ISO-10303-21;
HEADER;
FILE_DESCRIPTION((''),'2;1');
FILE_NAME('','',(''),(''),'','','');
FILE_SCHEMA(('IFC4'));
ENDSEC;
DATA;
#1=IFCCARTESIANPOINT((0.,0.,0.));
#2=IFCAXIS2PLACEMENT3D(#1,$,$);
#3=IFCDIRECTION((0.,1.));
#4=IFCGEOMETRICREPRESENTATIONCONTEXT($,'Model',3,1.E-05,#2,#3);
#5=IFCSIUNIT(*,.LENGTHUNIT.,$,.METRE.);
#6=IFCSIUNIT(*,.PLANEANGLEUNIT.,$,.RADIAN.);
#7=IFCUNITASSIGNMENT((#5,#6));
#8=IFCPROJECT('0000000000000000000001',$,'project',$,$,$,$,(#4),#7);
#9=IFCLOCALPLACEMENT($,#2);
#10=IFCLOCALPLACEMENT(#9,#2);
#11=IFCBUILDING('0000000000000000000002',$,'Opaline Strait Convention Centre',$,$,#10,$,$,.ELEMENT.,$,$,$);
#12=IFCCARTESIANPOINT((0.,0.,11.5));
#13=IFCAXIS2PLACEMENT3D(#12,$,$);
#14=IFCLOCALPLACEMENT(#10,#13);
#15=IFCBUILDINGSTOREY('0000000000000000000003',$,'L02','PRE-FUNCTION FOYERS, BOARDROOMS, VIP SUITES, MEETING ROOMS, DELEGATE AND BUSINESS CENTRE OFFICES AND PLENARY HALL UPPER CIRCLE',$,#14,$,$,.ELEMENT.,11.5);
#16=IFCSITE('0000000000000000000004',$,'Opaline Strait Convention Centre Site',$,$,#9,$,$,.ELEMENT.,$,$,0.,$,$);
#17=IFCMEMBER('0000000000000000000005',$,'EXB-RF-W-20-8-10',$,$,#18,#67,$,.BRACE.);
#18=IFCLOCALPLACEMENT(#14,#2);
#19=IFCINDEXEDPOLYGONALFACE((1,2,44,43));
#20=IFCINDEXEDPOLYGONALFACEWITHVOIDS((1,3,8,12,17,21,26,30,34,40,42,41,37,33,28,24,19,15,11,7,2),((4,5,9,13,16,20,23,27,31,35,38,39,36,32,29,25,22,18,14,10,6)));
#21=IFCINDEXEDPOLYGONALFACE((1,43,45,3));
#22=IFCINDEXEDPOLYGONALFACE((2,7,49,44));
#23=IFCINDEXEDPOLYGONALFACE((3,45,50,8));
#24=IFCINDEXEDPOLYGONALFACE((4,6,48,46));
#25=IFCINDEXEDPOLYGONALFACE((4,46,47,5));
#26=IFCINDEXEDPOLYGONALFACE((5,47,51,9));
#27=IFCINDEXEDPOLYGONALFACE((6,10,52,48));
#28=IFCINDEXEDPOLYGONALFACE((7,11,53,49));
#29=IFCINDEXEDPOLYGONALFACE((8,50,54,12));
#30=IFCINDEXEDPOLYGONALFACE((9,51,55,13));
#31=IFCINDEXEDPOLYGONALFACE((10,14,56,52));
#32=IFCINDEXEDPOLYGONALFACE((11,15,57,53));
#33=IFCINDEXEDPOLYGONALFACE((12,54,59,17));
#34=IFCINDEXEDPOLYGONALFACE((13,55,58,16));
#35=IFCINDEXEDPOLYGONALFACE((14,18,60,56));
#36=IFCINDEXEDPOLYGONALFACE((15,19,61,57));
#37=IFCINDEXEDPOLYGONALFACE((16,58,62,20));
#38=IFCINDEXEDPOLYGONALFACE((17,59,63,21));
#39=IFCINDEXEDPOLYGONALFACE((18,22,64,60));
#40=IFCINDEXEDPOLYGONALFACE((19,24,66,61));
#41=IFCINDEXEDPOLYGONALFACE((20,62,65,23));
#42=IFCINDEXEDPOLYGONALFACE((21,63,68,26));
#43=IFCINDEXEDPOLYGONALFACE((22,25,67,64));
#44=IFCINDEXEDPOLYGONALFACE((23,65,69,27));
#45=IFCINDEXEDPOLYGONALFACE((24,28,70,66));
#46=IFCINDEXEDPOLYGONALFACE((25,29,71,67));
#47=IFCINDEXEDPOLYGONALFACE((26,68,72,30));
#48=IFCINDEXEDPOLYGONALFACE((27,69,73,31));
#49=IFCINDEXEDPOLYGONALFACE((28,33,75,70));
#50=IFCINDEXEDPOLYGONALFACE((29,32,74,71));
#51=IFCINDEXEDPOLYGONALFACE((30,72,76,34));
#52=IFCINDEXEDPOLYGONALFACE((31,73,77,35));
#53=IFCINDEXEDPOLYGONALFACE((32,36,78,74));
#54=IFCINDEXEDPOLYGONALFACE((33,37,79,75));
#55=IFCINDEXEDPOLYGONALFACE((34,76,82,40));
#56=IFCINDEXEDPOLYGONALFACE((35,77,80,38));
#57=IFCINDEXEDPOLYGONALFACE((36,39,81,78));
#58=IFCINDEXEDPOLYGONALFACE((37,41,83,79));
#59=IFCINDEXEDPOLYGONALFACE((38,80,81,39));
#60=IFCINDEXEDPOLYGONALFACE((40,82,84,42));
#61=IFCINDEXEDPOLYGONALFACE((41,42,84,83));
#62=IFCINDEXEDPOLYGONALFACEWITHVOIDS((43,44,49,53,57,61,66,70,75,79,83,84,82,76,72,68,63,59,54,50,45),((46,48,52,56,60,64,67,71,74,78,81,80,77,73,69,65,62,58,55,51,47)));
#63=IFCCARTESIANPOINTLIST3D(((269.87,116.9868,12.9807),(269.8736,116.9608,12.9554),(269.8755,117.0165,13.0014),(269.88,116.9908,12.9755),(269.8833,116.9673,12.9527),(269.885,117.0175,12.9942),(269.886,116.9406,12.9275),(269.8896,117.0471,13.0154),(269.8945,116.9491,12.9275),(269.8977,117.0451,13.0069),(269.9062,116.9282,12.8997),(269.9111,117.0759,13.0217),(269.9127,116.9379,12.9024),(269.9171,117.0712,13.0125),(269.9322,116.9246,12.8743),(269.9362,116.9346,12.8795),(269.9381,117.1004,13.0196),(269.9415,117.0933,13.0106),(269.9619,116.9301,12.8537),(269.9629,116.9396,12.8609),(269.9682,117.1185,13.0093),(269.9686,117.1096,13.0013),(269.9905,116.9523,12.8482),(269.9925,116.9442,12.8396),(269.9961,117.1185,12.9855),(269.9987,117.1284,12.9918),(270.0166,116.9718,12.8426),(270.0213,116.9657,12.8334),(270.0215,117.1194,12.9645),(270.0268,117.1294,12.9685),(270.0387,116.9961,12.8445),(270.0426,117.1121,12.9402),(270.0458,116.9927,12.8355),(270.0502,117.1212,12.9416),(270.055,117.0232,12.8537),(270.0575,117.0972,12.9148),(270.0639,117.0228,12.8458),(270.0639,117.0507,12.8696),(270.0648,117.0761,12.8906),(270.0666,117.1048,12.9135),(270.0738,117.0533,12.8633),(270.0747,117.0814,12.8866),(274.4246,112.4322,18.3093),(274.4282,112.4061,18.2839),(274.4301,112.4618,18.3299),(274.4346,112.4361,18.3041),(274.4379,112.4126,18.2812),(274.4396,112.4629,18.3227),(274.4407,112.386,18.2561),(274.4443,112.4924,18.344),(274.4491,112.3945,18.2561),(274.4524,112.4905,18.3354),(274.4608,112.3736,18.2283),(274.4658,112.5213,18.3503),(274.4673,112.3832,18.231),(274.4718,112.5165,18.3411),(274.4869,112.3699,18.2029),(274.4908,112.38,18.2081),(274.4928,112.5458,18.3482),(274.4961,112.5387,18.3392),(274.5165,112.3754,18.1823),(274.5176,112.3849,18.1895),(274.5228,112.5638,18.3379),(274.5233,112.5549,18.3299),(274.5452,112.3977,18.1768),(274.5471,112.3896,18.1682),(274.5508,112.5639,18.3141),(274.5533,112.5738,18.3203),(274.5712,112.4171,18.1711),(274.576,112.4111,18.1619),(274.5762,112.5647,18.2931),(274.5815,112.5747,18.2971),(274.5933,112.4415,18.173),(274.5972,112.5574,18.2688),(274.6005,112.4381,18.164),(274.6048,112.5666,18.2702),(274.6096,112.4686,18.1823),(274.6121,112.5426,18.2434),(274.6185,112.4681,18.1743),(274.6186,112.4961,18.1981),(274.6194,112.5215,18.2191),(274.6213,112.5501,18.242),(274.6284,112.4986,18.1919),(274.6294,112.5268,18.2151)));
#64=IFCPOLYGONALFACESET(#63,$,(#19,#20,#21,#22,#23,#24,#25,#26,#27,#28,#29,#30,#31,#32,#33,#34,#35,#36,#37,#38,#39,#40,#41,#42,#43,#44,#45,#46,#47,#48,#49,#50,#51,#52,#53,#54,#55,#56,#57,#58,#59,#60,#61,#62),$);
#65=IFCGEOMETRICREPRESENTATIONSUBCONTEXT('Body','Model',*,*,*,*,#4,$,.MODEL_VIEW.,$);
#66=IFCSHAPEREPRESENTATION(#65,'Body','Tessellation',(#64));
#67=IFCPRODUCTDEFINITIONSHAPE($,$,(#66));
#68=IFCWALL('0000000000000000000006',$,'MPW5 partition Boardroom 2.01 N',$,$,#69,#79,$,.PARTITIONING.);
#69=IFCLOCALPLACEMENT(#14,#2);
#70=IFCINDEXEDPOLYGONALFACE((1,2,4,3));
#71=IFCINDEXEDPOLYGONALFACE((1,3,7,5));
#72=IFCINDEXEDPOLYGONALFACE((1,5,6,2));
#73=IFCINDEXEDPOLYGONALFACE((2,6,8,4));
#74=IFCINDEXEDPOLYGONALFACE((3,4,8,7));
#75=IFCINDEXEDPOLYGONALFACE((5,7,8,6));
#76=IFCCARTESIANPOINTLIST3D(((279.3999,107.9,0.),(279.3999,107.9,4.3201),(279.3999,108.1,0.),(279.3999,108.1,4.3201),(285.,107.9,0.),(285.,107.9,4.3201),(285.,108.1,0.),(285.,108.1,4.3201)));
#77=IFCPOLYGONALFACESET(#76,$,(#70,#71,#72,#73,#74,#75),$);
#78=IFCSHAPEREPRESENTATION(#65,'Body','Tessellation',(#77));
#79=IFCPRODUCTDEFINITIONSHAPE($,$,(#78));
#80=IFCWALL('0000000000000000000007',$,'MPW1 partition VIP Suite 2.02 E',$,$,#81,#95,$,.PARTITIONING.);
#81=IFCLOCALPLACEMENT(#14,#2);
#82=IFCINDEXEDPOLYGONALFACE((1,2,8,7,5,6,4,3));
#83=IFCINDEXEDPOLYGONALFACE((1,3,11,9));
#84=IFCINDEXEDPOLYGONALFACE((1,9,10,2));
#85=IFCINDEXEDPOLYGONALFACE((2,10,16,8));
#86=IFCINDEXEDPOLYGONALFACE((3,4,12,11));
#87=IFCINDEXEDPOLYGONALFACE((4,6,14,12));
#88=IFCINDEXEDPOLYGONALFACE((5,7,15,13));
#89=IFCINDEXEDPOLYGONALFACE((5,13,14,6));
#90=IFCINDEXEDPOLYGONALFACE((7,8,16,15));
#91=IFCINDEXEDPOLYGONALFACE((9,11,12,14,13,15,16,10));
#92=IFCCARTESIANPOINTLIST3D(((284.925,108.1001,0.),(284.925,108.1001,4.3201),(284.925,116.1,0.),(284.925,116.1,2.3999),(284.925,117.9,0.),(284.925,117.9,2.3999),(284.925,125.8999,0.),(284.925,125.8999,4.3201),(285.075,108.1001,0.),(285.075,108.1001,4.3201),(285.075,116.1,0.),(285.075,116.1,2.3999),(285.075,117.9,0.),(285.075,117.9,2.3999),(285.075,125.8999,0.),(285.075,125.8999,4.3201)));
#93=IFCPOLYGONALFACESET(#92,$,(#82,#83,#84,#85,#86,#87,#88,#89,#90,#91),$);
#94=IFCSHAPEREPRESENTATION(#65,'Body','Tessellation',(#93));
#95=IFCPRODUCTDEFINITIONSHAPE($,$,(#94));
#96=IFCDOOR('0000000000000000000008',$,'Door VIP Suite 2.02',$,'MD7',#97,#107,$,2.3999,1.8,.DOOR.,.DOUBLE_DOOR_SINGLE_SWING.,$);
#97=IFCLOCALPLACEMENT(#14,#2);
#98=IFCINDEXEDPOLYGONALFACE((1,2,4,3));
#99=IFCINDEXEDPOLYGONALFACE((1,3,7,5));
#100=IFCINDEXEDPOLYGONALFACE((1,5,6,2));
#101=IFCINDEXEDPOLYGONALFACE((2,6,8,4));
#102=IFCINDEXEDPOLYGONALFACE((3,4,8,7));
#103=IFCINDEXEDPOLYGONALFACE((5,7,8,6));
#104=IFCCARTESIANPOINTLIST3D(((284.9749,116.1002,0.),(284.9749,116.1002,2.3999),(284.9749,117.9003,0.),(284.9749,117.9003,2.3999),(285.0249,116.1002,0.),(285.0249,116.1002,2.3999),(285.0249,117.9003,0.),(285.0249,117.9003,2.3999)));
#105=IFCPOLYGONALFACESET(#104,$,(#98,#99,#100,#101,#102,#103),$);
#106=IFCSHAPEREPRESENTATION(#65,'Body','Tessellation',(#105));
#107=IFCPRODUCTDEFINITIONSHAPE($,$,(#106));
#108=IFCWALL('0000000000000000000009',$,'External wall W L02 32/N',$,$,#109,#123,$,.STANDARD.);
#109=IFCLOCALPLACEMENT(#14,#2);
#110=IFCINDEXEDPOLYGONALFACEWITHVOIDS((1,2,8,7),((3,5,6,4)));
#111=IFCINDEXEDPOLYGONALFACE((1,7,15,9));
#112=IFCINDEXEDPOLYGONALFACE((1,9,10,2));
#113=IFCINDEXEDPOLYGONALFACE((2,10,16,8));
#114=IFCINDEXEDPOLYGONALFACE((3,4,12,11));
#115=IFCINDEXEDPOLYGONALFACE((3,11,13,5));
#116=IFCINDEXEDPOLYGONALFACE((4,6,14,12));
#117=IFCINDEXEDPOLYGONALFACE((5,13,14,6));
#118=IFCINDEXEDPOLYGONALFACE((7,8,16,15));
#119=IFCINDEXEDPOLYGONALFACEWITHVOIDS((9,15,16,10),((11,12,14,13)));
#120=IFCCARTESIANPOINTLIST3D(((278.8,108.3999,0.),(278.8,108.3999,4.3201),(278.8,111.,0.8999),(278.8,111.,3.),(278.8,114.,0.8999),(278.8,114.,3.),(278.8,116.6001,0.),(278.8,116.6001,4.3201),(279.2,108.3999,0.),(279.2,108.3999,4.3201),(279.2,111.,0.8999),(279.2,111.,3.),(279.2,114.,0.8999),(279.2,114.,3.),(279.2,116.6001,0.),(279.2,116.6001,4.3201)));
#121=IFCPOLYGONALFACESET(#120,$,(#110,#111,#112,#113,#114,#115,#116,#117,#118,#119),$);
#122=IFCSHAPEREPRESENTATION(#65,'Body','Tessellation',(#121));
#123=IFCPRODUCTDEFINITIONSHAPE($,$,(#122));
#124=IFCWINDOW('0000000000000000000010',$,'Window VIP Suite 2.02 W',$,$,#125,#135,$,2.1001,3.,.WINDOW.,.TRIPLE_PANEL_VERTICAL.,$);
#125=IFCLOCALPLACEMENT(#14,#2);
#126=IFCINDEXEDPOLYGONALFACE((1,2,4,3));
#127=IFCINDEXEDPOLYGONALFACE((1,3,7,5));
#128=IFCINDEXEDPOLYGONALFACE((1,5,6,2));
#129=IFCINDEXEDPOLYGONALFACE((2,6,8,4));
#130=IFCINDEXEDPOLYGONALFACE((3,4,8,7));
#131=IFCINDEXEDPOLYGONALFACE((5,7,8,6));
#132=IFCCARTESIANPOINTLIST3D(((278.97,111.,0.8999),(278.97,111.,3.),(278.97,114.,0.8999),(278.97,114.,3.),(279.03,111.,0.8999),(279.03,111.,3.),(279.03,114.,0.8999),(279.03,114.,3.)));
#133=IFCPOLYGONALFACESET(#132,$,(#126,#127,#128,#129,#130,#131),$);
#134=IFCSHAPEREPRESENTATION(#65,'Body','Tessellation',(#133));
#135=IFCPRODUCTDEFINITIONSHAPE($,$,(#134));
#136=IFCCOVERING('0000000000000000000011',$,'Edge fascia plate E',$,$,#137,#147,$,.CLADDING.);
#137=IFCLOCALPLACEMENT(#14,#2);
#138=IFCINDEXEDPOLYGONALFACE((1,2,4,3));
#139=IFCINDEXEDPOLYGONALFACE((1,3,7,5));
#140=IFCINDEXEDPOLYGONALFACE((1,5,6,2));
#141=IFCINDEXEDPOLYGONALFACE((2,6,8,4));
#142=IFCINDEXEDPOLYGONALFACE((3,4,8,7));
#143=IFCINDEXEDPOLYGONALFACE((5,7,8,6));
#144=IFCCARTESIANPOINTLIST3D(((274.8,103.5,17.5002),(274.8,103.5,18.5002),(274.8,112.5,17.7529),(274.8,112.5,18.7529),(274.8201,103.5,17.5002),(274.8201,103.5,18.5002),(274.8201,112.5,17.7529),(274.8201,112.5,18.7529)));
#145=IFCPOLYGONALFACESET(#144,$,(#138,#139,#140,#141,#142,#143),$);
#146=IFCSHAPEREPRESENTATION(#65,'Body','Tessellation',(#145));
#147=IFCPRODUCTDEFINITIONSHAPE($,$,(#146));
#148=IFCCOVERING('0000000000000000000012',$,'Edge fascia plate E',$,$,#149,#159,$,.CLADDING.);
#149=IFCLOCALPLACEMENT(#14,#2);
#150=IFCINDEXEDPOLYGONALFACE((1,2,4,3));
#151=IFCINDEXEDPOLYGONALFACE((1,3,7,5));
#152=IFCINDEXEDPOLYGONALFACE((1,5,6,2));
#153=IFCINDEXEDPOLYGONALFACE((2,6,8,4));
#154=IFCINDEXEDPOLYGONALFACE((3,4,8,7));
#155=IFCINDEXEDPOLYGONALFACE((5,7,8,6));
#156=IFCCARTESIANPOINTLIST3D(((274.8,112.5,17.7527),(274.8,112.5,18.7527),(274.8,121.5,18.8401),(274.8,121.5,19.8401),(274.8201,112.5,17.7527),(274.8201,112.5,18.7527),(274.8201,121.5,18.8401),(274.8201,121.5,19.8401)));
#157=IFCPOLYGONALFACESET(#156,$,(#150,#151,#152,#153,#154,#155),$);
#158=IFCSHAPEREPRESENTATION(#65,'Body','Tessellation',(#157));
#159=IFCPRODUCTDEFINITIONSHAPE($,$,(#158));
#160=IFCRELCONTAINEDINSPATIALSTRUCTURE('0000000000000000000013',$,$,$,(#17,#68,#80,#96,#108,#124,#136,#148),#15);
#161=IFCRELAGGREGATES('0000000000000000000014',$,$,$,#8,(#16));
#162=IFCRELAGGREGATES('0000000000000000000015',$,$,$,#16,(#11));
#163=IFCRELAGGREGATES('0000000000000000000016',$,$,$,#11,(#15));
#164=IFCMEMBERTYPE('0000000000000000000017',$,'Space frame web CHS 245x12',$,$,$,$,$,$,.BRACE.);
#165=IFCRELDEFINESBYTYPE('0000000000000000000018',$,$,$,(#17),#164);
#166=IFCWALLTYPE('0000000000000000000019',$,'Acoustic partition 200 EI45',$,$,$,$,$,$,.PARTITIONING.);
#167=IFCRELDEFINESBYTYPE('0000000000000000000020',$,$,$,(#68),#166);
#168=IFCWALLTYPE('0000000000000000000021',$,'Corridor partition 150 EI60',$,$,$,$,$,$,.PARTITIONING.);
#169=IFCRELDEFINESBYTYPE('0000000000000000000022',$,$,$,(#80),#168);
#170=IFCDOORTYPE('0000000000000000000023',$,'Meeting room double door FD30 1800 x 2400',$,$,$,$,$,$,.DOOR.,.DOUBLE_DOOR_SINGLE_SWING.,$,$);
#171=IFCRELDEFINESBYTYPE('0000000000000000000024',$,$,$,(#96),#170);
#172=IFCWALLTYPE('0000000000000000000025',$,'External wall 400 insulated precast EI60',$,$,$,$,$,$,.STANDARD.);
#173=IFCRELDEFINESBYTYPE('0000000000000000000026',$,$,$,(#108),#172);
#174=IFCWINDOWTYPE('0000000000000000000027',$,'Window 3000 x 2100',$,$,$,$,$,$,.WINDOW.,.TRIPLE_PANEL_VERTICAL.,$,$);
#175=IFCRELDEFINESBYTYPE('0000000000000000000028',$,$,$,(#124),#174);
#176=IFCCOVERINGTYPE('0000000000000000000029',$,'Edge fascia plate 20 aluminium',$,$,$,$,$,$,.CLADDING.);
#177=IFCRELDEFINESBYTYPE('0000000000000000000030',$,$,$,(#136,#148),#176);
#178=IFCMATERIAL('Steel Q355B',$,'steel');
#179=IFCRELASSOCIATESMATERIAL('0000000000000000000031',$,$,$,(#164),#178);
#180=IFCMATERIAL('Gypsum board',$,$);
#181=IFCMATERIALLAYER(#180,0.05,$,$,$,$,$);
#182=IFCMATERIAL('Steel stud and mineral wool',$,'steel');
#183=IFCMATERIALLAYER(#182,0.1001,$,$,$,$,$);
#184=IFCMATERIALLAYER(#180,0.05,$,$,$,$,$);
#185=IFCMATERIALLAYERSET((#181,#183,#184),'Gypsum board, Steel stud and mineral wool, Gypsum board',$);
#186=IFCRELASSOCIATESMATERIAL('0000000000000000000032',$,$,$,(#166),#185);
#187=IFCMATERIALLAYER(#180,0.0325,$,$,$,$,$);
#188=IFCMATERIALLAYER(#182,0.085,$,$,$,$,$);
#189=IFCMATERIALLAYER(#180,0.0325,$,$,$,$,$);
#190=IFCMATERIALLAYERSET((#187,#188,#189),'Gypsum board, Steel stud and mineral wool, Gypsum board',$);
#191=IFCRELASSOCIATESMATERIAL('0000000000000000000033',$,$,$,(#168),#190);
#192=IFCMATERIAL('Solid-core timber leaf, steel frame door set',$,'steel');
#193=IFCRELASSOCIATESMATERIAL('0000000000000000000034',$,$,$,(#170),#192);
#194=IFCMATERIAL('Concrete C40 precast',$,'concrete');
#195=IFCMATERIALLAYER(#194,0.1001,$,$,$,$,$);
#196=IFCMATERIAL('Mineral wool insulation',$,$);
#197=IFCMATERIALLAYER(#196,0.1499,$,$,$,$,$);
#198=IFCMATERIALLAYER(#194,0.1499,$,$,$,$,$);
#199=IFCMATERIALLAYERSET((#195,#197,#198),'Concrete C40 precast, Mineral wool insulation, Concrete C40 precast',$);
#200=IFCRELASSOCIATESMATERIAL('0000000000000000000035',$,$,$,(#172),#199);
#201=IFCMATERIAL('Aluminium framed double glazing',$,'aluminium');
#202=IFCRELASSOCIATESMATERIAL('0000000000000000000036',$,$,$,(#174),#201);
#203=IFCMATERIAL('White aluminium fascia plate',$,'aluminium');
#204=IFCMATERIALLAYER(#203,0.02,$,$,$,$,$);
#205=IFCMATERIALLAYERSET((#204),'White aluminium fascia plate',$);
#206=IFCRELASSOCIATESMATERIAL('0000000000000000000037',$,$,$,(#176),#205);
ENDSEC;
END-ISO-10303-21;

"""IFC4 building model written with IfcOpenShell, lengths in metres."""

from ifc_helpers import new_model, si_unit, direction, frame, frame_2d, origin, origin_2d, place, context, subcontext, project, spatial, polyline, rectangle, hollow_circle, outline, extrude, material, layer, layer_set, material_profile, profile_set, type_object, element, fill, save


model = new_model("IFC4")

# Units and contexts
model_context = context("Model", 3, precision=1e-05, world=origin(), true_north=direction((0.0, 1.0)))
body_context = subcontext(model_context, "Body", "Model", "MODEL_VIEW")
ifc_project = project(units=[si_unit("LENGTHUNIT", "METRE"), si_unit("PLANEANGLEUNIT", "RADIAN")], contexts=[model_context])

# Site, building, storey
site_placement = place(None, origin())
site = spatial("IfcSite", under=ifc_project, at=site_placement, Name="Opaline Strait Convention Centre Site", CompositionType="ELEMENT", RefElevation=0.0)
building_placement = place(site_placement, origin())
building = spatial("IfcBuilding", under=site, at=building_placement, Name="Opaline Strait Convention Centre", CompositionType="ELEMENT")
storey_placement = place(building_placement, frame((0.0, 0.0, 11.5)))
storey = spatial("IfcBuildingStorey", under=building, at=storey_placement, Name="L02", Description="PRE-FUNCTION FOYERS, BOARDROOMS, VIP SUITES, MEETING ROOMS, DELEGATE AND BUSINESS CENTRE OFFICES AND PLENARY HALL UPPER CIRCLE", CompositionType="ELEMENT", Elevation=11.5)

# Shared definitions
ifc_material_1 = material(Name="Aluminium framed double glazing", Category="aluminium")

# Member
ifc_material_2 = material(Name="Steel Q355B", Category="steel")
ifc_material_profile_1 = material_profile(ifc_material_2, hollow_circle(Radius=0.1226, WallThickness=0.012, at=origin_2d()), Name="CHS 245x12")
ifc_profile_set_1 = profile_set([ifc_material_profile_1], Name="Steel Q355B")
member_type_1 = type_object("IfcMemberType", Name="Space frame web CHS 245x12", PredefinedType="BRACE", material=ifc_profile_set_1)
member_1_placement = place(storey_placement, frame((274.5273, 112.4727, 18.2561), z_axis=(-0.544839, 0.544839, -0.637417), x_axis=(-0.707107, -0.707107, 0.0)))
element("IfcMember", 1, at=member_1_placement, inside=storey, type_object=member_type_1, Name="EXB-RF-W-20-8-10", PredefinedType="BRACE", context=body_context, shape_type="SweptSolid", body=[
    extrude(hollow_circle(Radius=0.1226, WallThickness=0.012, at=origin_2d()), origin(), (0.0, 0.0, 1.0), 8.3596),
])

# Wall
ifc_material_3 = material(Name="Gypsum board")
ifc_layer_1 = layer(ifc_material_3, 0.05)
ifc_material_4 = material(Name="Steel stud and mineral wool", Category="steel")
ifc_layer_2 = layer(ifc_material_4, 0.1001)
ifc_layer_3 = layer(ifc_material_3, 0.05)
ifc_layer_set_1 = layer_set([ifc_layer_1, ifc_layer_2, ifc_layer_3], Name="Gypsum board, Steel stud and mineral wool, Gypsum board")
wall_type_1 = type_object("IfcWallType", Name="Acoustic partition 200 EI45", PredefinedType="PARTITIONING", material=ifc_layer_set_1)
wall_1_placement = place(storey_placement, frame((279.3999, 108.0, 0.0), z_axis=(0.0, 0.0, 1.0), x_axis=(1.0, 0.0, 0.0)))
element("IfcWall", 2, at=wall_1_placement, inside=storey, type_object=wall_type_1, Name="MPW5 partition Boardroom 2.01 N", PredefinedType="PARTITIONING", context=body_context, shape_type="SweptSolid", body=[
    extrude(rectangle(XDim=5.6001, YDim=0.2, at=frame_2d((2.8, 0.0))), origin(), (0.0, 0.0, 1.0), 4.3201),
])

# Wall, opening, door
ifc_layer_4 = layer(ifc_material_3, 0.0325)
ifc_layer_5 = layer(ifc_material_4, 0.085)
ifc_layer_6 = layer(ifc_material_3, 0.0325)
ifc_layer_set_2 = layer_set([ifc_layer_4, ifc_layer_5, ifc_layer_6], Name="Gypsum board, Steel stud and mineral wool, Gypsum board")
wall_type_2 = type_object("IfcWallType", Name="Corridor partition 150 EI60", PredefinedType="PARTITIONING", material=ifc_layer_set_2)
wall_2_placement = place(storey_placement, frame((285.0, 108.1001, 0.0), z_axis=(0.0, 0.0, 1.0), x_axis=(0.0, 1.0, 0.0)))
wall_2 = element("IfcWall", 3, at=wall_2_placement, inside=storey, type_object=wall_type_2, Name="MPW1 partition VIP Suite 2.02 E", PredefinedType="PARTITIONING", context=body_context, shape_type="SweptSolid", body=[
    extrude(rectangle(XDim=17.7998, YDim=0.1499, at=frame_2d((8.8999, 0.0))), origin(), (0.0, 0.0, 1.0), 4.3201),
])
opening_1_placement = place(wall_2_placement, frame((8.0, 0.0, 0.0)))
opening_1 = element("IfcOpeningElement", 4, at=opening_1_placement, cuts=wall_2, PredefinedType="OPENING", context=body_context, shape_type="SweptSolid", body=[
    extrude(rectangle(XDim=1.8, YDim=2.3999, at=frame_2d((0.8999, 1.2))), frame((0.0, 0.085, 0.0), z_axis=(0.0, -1.0, 0.0), x_axis=(1.0, 0.0, 0.0)), (0.0, 0.0, 1.0), 0.1699),
])
ifc_material_5 = material(Name="Solid-core timber leaf, steel frame door set", Category="steel")
door_type = type_object("IfcDoorType", Name="Meeting room double door FD30 1800 x 2400", OperationType="DOUBLE_DOOR_SINGLE_SWING", PredefinedType="DOOR", material=ifc_material_5)
door_placement = place(opening_1_placement, frame((1.8, 0.0, 0.0), z_axis=(0.0, 0.0, 1.0), x_axis=(-1.0, 0.0, 0.0)))
door = element("IfcDoor", 5, at=door_placement, inside=storey, type_object=door_type, Name="Door VIP Suite 2.02", ObjectType="MD7", OperationType="DOUBLE_DOOR_SINGLE_SWING", OverallHeight=2.3999, OverallWidth=1.8, PredefinedType="DOOR", context=body_context, shape_type="SweptSolid", body=[
    extrude(rectangle(XDim=1.8, YDim=2.3999, at=frame_2d((0.8999, 1.2))), frame((0.0, 0.0249, 0.0), z_axis=(0.0, -1.0, 0.0), x_axis=(1.0, 0.0, 0.0)), (0.0, 0.0, 1.0), 0.05),
])
fill(opening_1, door)

# Wall, opening, window
ifc_material_6 = material(Name="Concrete C40 precast", Category="concrete")
ifc_layer_7 = layer(ifc_material_6, 0.1001)
ifc_material_7 = material(Name="Mineral wool insulation")
ifc_layer_8 = layer(ifc_material_7, 0.1499)
ifc_layer_9 = layer(ifc_material_6, 0.1499)
ifc_layer_set_3 = layer_set([ifc_layer_7, ifc_layer_8, ifc_layer_9], Name="Concrete C40 precast, Mineral wool insulation, Concrete C40 precast")
wall_type_3 = type_object("IfcWallType", Name="External wall 400 insulated precast EI60", PredefinedType="STANDARD", material=ifc_layer_set_3)
wall_3_placement = place(storey_placement, frame((279.0, 108.3999, 0.0), z_axis=(0.0, 0.0, 1.0), x_axis=(0.0, 1.0, 0.0)))
wall_3 = element("IfcWall", 6, at=wall_3_placement, inside=storey, type_object=wall_type_3, Name="External wall W L02 32/N", PredefinedType="STANDARD", context=body_context, shape_type="SweptSolid", body=[
    extrude(rectangle(XDim=8.2002, YDim=0.3999, at=frame_2d((4.1001, 0.0))), origin(), (0.0, 0.0, 1.0), 4.3201),
])
opening_2_placement = place(wall_3_placement, frame((2.6001, 0.0, 0.8999)))
opening_2 = element("IfcOpeningElement", 7, at=opening_2_placement, cuts=wall_3, PredefinedType="OPENING", context=body_context, shape_type="SweptSolid", body=[
    extrude(rectangle(XDim=3.0, YDim=2.1001, at=frame_2d((1.5, 1.05))), frame((0.0, 0.21, 0.0), z_axis=(0.0, -1.0, 0.0), x_axis=(1.0, 0.0, 0.0)), (0.0, 0.0, 1.0), 0.4199),
])
window_type = type_object("IfcWindowType", Name="Window 3000 x 2100", PartitioningType="TRIPLE_PANEL_VERTICAL", PredefinedType="WINDOW", material=ifc_material_1)
window_placement = place(opening_2_placement, origin())
window = element("IfcWindow", 8, at=window_placement, inside=storey, type_object=window_type, Name="Window VIP Suite 2.02 W", OverallHeight=2.1001, OverallWidth=3.0, PartitioningType="TRIPLE_PANEL_VERTICAL", PredefinedType="WINDOW", context=body_context, shape_type="SweptSolid", body=[
    extrude(rectangle(XDim=3.0, YDim=2.1001, at=frame_2d((1.5, 1.05))), frame((0.0, 0.03, 0.0), z_axis=(0.0, -1.0, 0.0), x_axis=(1.0, 0.0, 0.0)), (0.0, 0.0, 1.0), 0.0601),
])
fill(opening_2, window)

# Coverings
ifc_material_8 = material(Name="White aluminium fascia plate", Category="aluminium")
ifc_layer_10 = layer(ifc_material_8, 0.02)
ifc_layer_set_4 = layer_set([ifc_layer_10], Name="White aluminium fascia plate")
covering_type = type_object("IfcCoveringType", Name="Edge fascia plate 20 aluminium", PredefinedType="CLADDING", material=ifc_layer_set_4)
covering_1_placement = place(storey_placement, frame((274.8, 108.0, 18.1265), z_axis=(1.0, 0.0, 0.0), x_axis=(0.0, 1.0, 0.0)))
element("IfcCovering", 9, at=covering_1_placement, inside=storey, type_object=covering_type, Name="Edge fascia plate E", PredefinedType="CLADDING", context=body_context, shape_type="SweptSolid", body=[
    extrude(outline(polyline([(-4.5, 0.3738), (4.5, 0.6265), (4.5, -0.3735), (-4.5, -0.6262), (-4.5, 0.3738)])), origin(), (0.0, 0.0, 1.0), 0.02),
])
covering_2_placement = place(storey_placement, frame((274.8, 117.0, 18.7964), z_axis=(1.0, 0.0, 0.0), x_axis=(0.0, 1.0, 0.0)))
element("IfcCovering", 10, at=covering_2_placement, inside=storey, type_object=covering_type, Name="Edge fascia plate E", PredefinedType="CLADDING", context=body_context, shape_type="SweptSolid", body=[
    extrude(outline(polyline([(-4.5, -0.0437), (4.5, 1.0437), (4.5, 0.0437), (-4.5, -1.0437), (-4.5, -0.0437)])), origin(), (0.0, 0.0, 1.0), 0.02),
])

save(model, "model.ifc")
